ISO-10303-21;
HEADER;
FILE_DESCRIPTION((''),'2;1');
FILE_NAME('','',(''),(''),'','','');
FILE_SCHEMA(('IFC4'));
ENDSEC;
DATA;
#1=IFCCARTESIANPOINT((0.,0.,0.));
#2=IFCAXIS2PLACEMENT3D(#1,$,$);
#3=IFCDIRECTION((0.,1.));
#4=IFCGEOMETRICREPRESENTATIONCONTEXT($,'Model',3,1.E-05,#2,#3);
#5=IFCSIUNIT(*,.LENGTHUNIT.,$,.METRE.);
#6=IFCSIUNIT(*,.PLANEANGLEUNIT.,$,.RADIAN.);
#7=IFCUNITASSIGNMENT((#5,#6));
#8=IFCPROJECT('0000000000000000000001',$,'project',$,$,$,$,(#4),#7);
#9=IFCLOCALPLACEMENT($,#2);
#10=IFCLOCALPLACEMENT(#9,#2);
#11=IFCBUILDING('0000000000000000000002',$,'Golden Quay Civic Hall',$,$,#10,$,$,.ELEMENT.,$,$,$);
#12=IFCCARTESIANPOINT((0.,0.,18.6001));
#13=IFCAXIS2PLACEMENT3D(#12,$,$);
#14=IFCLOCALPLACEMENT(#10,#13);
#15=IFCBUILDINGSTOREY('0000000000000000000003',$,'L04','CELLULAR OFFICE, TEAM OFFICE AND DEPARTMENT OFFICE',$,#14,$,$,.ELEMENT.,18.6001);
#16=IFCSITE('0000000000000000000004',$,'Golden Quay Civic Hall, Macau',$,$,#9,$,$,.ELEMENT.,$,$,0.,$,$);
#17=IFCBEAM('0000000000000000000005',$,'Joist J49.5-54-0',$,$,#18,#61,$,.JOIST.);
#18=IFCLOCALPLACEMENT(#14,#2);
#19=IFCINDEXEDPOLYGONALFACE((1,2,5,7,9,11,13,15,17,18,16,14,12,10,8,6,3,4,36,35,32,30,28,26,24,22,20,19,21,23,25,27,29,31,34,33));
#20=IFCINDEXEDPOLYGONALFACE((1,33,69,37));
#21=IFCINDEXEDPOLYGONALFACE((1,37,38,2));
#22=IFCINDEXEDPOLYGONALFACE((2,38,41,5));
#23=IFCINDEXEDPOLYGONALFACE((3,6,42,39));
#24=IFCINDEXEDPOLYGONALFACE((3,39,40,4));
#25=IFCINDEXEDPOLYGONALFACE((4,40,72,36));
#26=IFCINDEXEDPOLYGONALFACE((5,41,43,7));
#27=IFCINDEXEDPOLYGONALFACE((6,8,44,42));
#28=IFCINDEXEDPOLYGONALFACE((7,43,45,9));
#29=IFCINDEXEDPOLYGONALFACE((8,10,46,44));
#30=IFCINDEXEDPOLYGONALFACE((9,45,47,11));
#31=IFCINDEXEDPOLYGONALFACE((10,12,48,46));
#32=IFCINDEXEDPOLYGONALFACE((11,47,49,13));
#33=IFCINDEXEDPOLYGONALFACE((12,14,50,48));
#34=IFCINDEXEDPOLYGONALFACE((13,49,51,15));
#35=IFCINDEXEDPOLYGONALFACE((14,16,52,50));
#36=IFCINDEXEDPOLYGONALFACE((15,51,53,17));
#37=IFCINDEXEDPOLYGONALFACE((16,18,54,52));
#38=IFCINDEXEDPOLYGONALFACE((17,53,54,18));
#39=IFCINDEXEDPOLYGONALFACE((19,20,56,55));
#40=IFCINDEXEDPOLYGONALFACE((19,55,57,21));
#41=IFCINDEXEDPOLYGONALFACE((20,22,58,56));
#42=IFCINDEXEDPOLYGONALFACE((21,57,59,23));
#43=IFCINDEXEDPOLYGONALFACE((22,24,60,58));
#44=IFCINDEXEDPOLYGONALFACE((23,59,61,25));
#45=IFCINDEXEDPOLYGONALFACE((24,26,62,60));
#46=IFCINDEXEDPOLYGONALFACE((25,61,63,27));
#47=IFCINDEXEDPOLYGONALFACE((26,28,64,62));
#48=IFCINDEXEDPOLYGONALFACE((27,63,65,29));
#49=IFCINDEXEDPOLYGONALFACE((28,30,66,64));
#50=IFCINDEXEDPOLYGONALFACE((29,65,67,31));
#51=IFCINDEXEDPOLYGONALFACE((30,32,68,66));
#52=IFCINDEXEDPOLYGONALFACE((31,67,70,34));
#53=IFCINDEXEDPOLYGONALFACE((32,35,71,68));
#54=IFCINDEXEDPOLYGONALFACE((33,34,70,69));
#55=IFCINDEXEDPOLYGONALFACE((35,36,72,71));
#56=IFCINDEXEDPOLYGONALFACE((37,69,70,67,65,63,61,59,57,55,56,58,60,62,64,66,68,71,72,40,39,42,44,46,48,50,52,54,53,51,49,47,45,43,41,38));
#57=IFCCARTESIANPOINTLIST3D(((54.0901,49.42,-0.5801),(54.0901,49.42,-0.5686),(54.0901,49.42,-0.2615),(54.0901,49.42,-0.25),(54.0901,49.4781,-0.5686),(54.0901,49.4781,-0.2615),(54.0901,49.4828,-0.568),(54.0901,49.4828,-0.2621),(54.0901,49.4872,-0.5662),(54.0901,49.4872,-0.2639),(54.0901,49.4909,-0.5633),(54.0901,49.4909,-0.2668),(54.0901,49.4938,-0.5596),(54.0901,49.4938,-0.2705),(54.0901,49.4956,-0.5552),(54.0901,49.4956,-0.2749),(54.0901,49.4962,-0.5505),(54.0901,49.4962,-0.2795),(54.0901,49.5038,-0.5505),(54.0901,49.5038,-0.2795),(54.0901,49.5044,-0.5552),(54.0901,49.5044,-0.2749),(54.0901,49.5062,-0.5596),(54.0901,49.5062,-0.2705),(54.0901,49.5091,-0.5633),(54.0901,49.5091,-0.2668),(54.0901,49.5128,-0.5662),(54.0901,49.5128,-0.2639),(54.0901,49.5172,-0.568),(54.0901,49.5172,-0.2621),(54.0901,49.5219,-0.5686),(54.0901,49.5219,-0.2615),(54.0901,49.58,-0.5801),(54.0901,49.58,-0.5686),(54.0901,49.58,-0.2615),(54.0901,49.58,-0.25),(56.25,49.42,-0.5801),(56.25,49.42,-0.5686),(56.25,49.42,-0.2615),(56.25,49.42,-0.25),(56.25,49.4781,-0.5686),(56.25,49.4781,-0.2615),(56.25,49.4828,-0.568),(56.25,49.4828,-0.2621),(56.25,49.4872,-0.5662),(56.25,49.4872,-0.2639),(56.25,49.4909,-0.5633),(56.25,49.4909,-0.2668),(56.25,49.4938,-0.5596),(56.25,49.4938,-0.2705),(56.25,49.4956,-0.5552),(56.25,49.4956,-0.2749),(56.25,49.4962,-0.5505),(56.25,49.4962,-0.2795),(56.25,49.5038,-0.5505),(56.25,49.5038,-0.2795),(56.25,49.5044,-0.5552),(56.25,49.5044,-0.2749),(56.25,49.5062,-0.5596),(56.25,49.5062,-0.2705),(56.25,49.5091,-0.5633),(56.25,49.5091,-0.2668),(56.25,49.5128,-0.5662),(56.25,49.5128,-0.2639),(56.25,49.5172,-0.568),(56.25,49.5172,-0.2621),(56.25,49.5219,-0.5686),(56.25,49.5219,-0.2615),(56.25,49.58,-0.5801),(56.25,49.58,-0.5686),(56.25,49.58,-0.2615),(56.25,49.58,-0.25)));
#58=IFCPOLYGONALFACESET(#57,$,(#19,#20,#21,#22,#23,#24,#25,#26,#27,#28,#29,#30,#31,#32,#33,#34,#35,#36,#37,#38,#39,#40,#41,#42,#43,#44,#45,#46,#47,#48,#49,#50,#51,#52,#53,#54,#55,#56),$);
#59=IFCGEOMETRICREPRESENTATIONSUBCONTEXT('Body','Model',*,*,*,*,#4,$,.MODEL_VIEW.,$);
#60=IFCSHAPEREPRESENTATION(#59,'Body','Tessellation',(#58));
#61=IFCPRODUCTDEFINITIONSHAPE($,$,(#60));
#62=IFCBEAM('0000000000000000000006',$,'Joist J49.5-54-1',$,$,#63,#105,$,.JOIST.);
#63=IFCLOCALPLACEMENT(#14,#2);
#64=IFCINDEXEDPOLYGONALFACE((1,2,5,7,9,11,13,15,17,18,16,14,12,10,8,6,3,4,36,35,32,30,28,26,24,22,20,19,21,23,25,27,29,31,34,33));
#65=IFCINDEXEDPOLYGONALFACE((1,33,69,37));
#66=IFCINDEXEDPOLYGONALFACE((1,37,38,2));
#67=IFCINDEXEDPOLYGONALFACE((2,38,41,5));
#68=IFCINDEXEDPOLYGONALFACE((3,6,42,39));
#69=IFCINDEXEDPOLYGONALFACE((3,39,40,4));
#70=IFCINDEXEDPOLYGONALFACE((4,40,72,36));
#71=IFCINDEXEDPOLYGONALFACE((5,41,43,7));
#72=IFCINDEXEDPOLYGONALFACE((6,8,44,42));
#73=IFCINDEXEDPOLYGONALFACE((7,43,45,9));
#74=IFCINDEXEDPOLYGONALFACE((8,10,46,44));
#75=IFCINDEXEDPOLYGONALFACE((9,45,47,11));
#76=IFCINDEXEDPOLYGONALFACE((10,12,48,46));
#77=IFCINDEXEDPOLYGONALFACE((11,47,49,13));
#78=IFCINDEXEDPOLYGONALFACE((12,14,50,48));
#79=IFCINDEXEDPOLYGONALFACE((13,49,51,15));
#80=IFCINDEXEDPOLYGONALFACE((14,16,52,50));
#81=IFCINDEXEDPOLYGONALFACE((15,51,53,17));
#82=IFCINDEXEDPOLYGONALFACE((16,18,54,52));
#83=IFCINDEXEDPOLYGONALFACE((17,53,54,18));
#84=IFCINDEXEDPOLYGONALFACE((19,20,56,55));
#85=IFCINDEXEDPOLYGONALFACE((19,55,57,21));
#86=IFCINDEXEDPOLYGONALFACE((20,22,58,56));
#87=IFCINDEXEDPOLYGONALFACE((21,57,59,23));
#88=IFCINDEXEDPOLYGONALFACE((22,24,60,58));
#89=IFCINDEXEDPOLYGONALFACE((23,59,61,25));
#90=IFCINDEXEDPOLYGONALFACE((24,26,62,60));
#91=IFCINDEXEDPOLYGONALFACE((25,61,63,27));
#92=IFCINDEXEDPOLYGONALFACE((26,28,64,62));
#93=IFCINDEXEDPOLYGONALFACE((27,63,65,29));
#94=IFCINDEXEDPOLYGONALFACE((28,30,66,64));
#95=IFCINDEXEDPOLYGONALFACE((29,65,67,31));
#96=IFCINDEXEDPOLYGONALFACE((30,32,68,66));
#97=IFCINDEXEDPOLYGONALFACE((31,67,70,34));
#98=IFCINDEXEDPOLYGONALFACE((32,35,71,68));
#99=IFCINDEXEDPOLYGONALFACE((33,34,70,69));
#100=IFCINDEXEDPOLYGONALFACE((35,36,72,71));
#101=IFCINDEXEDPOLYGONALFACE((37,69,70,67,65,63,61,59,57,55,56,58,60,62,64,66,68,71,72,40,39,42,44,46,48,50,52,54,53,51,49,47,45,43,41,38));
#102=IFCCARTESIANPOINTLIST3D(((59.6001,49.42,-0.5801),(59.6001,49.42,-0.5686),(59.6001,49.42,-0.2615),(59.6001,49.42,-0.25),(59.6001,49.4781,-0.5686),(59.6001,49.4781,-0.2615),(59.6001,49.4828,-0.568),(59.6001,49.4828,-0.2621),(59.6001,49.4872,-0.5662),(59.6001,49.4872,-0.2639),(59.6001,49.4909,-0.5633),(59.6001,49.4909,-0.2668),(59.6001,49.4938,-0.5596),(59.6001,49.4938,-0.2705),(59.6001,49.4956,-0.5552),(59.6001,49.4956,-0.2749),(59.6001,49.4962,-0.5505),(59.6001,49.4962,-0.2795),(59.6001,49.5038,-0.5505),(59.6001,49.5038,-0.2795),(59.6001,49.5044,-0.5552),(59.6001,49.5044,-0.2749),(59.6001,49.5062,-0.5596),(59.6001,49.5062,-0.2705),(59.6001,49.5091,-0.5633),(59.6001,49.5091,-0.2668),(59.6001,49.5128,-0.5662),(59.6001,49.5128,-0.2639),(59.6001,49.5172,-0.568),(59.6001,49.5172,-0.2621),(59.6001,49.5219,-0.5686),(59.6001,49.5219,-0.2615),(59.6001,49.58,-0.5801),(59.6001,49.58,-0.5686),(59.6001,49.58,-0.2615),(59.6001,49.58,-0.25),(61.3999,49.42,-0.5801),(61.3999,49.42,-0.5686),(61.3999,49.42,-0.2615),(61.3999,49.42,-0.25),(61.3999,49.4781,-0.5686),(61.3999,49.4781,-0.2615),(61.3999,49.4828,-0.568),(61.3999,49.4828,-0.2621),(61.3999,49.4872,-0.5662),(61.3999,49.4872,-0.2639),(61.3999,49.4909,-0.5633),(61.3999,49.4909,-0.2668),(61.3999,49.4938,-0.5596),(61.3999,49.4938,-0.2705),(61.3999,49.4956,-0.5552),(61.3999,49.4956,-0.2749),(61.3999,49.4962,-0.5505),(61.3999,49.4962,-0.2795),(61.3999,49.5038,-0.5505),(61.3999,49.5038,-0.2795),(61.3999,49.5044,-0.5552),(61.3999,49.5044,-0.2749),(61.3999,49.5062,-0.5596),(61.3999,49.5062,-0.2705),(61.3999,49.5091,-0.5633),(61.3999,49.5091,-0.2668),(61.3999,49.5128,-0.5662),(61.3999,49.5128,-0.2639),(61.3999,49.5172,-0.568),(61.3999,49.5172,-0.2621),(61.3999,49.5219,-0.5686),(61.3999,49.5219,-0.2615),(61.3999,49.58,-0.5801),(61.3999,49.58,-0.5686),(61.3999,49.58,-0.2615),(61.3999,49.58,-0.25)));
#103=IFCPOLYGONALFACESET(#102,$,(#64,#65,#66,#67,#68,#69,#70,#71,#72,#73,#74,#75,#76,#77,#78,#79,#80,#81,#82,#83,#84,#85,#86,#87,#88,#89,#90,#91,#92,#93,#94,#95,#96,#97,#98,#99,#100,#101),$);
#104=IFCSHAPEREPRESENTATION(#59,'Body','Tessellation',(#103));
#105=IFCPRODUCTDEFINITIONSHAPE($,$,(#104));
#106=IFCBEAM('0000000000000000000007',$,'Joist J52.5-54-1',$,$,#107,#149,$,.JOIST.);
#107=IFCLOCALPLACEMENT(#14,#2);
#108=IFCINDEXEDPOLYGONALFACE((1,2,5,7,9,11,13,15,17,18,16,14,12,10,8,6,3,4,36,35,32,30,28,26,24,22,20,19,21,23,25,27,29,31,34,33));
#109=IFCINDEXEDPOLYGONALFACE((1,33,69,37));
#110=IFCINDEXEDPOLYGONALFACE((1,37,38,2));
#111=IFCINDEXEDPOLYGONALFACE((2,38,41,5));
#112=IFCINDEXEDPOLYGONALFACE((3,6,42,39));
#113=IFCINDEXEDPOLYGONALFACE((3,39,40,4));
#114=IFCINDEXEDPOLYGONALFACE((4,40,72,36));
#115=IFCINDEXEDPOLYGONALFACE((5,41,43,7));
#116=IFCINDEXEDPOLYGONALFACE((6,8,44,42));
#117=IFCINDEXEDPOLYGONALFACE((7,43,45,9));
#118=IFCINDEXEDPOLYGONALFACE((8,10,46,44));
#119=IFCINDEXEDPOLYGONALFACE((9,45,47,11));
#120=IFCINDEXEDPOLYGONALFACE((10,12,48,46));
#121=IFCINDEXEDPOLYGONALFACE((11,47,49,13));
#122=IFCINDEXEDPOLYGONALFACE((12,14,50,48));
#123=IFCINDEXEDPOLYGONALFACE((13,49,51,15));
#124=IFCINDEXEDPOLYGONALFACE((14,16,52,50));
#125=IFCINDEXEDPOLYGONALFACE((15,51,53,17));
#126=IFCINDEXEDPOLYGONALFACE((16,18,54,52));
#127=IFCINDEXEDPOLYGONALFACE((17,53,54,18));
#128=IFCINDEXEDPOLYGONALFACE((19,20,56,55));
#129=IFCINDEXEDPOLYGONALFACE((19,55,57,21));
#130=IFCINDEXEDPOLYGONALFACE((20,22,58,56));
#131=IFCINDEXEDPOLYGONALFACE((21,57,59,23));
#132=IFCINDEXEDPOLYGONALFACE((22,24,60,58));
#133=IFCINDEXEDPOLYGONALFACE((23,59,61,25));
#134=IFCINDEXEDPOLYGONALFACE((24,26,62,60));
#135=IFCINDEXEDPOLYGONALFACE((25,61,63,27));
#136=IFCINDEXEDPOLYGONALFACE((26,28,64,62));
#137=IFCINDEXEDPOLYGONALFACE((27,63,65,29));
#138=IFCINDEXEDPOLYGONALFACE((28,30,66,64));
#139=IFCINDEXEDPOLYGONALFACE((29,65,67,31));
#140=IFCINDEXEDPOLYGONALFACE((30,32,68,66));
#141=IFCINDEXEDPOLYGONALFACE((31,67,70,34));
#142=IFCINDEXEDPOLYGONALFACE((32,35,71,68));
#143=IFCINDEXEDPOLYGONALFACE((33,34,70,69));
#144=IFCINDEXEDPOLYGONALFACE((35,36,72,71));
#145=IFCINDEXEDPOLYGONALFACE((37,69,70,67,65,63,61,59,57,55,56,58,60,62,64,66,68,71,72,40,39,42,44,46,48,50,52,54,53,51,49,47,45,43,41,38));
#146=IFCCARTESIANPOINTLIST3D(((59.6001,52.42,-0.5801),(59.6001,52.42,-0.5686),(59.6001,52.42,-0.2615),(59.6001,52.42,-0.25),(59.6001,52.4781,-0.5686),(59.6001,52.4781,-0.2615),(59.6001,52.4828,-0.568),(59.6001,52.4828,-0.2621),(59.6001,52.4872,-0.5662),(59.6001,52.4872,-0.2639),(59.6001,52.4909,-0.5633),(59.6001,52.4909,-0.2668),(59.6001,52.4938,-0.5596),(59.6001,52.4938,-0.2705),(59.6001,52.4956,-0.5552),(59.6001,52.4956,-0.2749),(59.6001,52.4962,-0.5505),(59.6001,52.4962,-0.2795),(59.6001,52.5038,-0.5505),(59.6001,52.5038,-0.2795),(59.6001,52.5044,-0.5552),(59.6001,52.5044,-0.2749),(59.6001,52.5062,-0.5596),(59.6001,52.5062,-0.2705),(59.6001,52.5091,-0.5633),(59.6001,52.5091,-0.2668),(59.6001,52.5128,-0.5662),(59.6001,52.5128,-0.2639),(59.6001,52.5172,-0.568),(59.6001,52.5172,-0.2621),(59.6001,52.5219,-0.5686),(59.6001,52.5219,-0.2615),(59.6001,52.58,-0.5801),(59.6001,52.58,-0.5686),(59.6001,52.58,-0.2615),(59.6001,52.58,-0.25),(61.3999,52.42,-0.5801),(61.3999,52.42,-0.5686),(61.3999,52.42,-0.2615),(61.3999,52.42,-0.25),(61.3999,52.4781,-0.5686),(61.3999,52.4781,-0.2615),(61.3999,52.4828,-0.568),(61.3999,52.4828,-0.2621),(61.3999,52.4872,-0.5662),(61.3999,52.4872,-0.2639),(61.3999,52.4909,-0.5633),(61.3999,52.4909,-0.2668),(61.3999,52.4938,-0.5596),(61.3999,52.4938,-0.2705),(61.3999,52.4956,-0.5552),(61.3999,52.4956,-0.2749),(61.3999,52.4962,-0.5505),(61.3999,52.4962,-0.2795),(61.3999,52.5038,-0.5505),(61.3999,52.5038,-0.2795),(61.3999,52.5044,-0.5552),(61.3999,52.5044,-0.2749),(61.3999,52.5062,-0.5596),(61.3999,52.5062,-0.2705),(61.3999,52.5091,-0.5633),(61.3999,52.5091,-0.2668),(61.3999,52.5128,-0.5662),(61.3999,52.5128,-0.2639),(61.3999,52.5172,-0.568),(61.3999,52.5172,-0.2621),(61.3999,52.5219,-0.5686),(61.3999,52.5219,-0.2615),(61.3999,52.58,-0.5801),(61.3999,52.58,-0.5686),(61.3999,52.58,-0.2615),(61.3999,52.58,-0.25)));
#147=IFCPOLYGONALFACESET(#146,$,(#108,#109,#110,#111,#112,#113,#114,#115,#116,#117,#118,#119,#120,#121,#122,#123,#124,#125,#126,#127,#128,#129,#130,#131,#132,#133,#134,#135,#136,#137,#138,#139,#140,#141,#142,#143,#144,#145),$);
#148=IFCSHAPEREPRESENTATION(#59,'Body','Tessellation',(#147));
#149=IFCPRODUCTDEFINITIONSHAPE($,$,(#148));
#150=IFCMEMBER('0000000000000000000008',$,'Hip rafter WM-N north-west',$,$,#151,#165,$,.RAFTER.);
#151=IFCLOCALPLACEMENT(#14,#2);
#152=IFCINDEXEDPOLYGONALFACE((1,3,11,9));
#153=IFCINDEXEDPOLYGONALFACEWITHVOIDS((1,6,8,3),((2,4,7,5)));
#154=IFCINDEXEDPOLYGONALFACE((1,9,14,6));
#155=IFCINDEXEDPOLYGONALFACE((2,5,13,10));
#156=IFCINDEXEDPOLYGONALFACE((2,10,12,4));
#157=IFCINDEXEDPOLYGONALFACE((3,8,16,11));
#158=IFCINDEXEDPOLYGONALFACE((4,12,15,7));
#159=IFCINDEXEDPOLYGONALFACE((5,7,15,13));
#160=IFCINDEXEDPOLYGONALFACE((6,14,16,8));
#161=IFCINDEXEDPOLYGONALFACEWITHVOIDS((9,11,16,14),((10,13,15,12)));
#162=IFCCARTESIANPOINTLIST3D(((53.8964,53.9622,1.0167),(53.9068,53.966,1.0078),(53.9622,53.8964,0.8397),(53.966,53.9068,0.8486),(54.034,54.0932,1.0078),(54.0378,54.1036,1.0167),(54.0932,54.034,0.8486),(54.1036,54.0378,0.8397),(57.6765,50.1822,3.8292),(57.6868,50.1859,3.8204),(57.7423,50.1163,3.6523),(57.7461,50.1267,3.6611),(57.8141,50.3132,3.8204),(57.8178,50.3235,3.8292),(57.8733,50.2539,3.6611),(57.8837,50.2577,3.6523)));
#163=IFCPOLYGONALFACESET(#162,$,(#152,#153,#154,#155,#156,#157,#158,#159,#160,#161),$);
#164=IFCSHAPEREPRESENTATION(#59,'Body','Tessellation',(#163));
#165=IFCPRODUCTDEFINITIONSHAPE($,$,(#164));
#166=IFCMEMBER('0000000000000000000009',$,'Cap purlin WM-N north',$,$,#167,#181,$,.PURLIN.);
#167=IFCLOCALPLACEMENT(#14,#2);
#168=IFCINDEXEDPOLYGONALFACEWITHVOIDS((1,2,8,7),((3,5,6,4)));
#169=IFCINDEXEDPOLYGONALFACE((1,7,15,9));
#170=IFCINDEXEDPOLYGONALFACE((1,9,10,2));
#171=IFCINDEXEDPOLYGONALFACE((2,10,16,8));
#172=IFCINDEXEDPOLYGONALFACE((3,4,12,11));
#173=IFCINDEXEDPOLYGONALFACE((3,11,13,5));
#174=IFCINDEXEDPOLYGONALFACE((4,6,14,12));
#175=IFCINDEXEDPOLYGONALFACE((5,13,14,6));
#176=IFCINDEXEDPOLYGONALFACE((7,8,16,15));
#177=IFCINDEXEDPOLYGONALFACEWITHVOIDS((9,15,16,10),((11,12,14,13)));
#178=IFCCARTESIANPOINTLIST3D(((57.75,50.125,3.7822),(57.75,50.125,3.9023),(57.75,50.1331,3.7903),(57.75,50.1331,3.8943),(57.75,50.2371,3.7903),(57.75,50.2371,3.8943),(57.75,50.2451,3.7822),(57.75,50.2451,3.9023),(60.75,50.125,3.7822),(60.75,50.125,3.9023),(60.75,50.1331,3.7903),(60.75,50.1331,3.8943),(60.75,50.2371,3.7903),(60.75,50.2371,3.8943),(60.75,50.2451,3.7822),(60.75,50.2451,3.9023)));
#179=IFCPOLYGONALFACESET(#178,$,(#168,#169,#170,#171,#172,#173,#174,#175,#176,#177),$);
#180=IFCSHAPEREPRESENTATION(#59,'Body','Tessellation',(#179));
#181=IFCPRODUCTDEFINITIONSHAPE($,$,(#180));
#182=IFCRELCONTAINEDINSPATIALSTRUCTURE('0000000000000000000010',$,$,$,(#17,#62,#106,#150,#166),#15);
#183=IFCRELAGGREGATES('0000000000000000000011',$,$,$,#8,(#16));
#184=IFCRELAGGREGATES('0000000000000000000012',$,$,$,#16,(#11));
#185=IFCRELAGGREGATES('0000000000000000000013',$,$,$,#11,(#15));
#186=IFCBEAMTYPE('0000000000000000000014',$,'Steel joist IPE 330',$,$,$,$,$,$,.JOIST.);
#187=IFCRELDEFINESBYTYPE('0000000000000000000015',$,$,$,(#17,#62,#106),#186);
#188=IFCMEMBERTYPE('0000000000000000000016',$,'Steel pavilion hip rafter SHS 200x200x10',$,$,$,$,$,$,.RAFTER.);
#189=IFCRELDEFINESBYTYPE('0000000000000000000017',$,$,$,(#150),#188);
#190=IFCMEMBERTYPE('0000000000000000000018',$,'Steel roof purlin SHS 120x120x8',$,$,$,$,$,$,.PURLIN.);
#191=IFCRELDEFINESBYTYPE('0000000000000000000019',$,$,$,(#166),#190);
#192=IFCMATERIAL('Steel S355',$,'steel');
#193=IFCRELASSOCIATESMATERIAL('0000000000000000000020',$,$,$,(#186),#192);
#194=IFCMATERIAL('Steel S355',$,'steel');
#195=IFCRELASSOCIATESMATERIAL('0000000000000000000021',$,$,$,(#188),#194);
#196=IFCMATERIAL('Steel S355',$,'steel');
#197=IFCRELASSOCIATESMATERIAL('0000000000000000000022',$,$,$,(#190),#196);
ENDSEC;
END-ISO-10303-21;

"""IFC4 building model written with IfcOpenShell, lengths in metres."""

from ifc_helpers import new_model, si_unit, direction, frame, origin, origin_2d, place, context, subcontext, project, spatial, hollow_rectangle, i_section, extrude, material, material_profile, profile_set, type_object, element, save


model = new_model("IFC4")

# Units and contexts
model_context = context("Model", 3, precision=1e-05, world=origin(), true_north=direction((0.0, 1.0)))
body_context = subcontext(model_context, "Body", "Model", "MODEL_VIEW")
ifc_project = project(units=[si_unit("LENGTHUNIT", "METRE"), si_unit("PLANEANGLEUNIT", "RADIAN")], contexts=[model_context])

# Site, building, storey
site_placement = place(None, origin())
site = spatial("IfcSite", under=ifc_project, at=site_placement, Name="Golden Quay Civic Hall, Macau", CompositionType="ELEMENT", RefElevation=0.0)
building_placement = place(site_placement, origin())
building = spatial("IfcBuilding", under=site, at=building_placement, Name="Golden Quay Civic Hall", CompositionType="ELEMENT")
storey_placement = place(building_placement, frame((0.0, 0.0, 18.6001)))
storey = spatial("IfcBuildingStorey", under=building, at=storey_placement, Name="L04", Description="CELLULAR OFFICE, TEAM OFFICE AND DEPARTMENT OFFICE", CompositionType="ELEMENT", Elevation=18.6001)

# Beams
ifc_material_1 = material(Name="Steel S355", Category="steel")
ifc_material_profile_1 = material_profile(ifc_material_1, i_section(OverallWidth=0.1599, OverallDepth=0.3301, WebThickness=0.0076, FlangeThickness=0.0115, FilletRadius=0.0181, at=origin_2d()), Name="IPE 330")
ifc_profile_set_1 = profile_set([ifc_material_profile_1], Name="Steel S355")
beam_type_1 = type_object("IfcBeamType", Name="Steel joist IPE 330", PredefinedType="JOIST", material=ifc_profile_set_1)
beam_1_placement = place(storey_placement, frame((54.0901, 49.5, -0.415), z_axis=(1.0, 0.0, 0.0), x_axis=(0.0, 1.0, 0.0)))
element("IfcBeam", 1, at=beam_1_placement, inside=storey, type_object=beam_type_1, Name="Joist J49.5-54-0", PredefinedType="JOIST", context=body_context, shape_type="SweptSolid", body=[
    extrude(i_section(OverallWidth=0.1599, OverallDepth=0.3301, WebThickness=0.0076, FlangeThickness=0.0115, FilletRadius=0.0181, at=origin_2d()), origin(), (0.0, 0.0, 1.0), 2.1599),
])
for number, where, z_axis, x_axis, name in (
    (2, (59.6001, 49.5, -0.415), (1.0, 0.0, 0.0), (0.0, 1.0, 0.0), "Joist J49.5-54-1"),
    (3, (59.6001, 52.5, -0.415), (1.0, 0.0, 0.0), (0.0, 1.0, 0.0), "Joist J52.5-54-1"),
):
    element("IfcBeam", number, at=place(storey_placement, frame(where, z_axis=z_axis, x_axis=x_axis)), inside=storey, type_object=beam_type_1, Name=name, PredefinedType="JOIST", context=body_context, shape_type="SweptSolid", body=[
        extrude(i_section(OverallWidth=0.1599, OverallDepth=0.3301, WebThickness=0.0076, FlangeThickness=0.0115, FilletRadius=0.0181, at=origin_2d()), origin(), (0.0, 0.0, 1.0), 1.7998),
    ])

# Members
ifc_material_2 = material(Name="Steel S355", Category="steel")
ifc_material_profile_2 = material_profile(ifc_material_2, hollow_rectangle(XDim=0.2, YDim=0.2, WallThickness=0.01, at=origin_2d()), Name="SHS 200x200x10")
ifc_profile_set_2 = profile_set([ifc_material_profile_2], Name="Steel S355")
member_type_1 = type_object("IfcMemberType", Name="Steel pavilion hip rafter SHS 200x200x10", PredefinedType="RAFTER", material=ifc_profile_set_2)
member_1_placement = place(storey_placement, frame((54.0, 54.0, 0.9282), z_axis=(0.625783, -0.625783, 0.465609), x_axis=(0.707107, 0.707107, 0.0)))
element("IfcMember", 4, at=member_1_placement, inside=storey, type_object=member_type_1, Name="Hip rafter WM-N north-west", PredefinedType="RAFTER", context=body_context, shape_type="SweptSolid", body=[
    extrude(hollow_rectangle(XDim=0.2, YDim=0.2, WallThickness=0.01, at=origin_2d()), origin(), (0.0, 0.0, 1.0), 6.0405),
])
ifc_material_3 = material(Name="Steel S355", Category="steel")
ifc_material_profile_3 = material_profile(ifc_material_3, hollow_rectangle(XDim=0.1201, YDim=0.1201, WallThickness=0.0081, at=origin_2d()), Name="SHS 120x120x8")
ifc_profile_set_3 = profile_set([ifc_material_profile_3], Name="Steel S355")
member_type_2 = type_object("IfcMemberType", Name="Steel roof purlin SHS 120x120x8", PredefinedType="PURLIN", material=ifc_profile_set_3)
member_2_placement = place(storey_placement, frame((57.75, 50.1851, 3.8423), z_axis=(1.0, 0.0, 0.0), x_axis=(0.0, 1.0, 0.0)))
element("IfcMember", 5, at=member_2_placement, inside=storey, type_object=member_type_2, Name="Cap purlin WM-N north", PredefinedType="PURLIN", context=body_context, shape_type="SweptSolid", body=[
    extrude(hollow_rectangle(XDim=0.1201, YDim=0.1201, WallThickness=0.0081, at=origin_2d()), origin(), (0.0, 0.0, 1.0), 3.0),
])

save(model, "model.ifc")
